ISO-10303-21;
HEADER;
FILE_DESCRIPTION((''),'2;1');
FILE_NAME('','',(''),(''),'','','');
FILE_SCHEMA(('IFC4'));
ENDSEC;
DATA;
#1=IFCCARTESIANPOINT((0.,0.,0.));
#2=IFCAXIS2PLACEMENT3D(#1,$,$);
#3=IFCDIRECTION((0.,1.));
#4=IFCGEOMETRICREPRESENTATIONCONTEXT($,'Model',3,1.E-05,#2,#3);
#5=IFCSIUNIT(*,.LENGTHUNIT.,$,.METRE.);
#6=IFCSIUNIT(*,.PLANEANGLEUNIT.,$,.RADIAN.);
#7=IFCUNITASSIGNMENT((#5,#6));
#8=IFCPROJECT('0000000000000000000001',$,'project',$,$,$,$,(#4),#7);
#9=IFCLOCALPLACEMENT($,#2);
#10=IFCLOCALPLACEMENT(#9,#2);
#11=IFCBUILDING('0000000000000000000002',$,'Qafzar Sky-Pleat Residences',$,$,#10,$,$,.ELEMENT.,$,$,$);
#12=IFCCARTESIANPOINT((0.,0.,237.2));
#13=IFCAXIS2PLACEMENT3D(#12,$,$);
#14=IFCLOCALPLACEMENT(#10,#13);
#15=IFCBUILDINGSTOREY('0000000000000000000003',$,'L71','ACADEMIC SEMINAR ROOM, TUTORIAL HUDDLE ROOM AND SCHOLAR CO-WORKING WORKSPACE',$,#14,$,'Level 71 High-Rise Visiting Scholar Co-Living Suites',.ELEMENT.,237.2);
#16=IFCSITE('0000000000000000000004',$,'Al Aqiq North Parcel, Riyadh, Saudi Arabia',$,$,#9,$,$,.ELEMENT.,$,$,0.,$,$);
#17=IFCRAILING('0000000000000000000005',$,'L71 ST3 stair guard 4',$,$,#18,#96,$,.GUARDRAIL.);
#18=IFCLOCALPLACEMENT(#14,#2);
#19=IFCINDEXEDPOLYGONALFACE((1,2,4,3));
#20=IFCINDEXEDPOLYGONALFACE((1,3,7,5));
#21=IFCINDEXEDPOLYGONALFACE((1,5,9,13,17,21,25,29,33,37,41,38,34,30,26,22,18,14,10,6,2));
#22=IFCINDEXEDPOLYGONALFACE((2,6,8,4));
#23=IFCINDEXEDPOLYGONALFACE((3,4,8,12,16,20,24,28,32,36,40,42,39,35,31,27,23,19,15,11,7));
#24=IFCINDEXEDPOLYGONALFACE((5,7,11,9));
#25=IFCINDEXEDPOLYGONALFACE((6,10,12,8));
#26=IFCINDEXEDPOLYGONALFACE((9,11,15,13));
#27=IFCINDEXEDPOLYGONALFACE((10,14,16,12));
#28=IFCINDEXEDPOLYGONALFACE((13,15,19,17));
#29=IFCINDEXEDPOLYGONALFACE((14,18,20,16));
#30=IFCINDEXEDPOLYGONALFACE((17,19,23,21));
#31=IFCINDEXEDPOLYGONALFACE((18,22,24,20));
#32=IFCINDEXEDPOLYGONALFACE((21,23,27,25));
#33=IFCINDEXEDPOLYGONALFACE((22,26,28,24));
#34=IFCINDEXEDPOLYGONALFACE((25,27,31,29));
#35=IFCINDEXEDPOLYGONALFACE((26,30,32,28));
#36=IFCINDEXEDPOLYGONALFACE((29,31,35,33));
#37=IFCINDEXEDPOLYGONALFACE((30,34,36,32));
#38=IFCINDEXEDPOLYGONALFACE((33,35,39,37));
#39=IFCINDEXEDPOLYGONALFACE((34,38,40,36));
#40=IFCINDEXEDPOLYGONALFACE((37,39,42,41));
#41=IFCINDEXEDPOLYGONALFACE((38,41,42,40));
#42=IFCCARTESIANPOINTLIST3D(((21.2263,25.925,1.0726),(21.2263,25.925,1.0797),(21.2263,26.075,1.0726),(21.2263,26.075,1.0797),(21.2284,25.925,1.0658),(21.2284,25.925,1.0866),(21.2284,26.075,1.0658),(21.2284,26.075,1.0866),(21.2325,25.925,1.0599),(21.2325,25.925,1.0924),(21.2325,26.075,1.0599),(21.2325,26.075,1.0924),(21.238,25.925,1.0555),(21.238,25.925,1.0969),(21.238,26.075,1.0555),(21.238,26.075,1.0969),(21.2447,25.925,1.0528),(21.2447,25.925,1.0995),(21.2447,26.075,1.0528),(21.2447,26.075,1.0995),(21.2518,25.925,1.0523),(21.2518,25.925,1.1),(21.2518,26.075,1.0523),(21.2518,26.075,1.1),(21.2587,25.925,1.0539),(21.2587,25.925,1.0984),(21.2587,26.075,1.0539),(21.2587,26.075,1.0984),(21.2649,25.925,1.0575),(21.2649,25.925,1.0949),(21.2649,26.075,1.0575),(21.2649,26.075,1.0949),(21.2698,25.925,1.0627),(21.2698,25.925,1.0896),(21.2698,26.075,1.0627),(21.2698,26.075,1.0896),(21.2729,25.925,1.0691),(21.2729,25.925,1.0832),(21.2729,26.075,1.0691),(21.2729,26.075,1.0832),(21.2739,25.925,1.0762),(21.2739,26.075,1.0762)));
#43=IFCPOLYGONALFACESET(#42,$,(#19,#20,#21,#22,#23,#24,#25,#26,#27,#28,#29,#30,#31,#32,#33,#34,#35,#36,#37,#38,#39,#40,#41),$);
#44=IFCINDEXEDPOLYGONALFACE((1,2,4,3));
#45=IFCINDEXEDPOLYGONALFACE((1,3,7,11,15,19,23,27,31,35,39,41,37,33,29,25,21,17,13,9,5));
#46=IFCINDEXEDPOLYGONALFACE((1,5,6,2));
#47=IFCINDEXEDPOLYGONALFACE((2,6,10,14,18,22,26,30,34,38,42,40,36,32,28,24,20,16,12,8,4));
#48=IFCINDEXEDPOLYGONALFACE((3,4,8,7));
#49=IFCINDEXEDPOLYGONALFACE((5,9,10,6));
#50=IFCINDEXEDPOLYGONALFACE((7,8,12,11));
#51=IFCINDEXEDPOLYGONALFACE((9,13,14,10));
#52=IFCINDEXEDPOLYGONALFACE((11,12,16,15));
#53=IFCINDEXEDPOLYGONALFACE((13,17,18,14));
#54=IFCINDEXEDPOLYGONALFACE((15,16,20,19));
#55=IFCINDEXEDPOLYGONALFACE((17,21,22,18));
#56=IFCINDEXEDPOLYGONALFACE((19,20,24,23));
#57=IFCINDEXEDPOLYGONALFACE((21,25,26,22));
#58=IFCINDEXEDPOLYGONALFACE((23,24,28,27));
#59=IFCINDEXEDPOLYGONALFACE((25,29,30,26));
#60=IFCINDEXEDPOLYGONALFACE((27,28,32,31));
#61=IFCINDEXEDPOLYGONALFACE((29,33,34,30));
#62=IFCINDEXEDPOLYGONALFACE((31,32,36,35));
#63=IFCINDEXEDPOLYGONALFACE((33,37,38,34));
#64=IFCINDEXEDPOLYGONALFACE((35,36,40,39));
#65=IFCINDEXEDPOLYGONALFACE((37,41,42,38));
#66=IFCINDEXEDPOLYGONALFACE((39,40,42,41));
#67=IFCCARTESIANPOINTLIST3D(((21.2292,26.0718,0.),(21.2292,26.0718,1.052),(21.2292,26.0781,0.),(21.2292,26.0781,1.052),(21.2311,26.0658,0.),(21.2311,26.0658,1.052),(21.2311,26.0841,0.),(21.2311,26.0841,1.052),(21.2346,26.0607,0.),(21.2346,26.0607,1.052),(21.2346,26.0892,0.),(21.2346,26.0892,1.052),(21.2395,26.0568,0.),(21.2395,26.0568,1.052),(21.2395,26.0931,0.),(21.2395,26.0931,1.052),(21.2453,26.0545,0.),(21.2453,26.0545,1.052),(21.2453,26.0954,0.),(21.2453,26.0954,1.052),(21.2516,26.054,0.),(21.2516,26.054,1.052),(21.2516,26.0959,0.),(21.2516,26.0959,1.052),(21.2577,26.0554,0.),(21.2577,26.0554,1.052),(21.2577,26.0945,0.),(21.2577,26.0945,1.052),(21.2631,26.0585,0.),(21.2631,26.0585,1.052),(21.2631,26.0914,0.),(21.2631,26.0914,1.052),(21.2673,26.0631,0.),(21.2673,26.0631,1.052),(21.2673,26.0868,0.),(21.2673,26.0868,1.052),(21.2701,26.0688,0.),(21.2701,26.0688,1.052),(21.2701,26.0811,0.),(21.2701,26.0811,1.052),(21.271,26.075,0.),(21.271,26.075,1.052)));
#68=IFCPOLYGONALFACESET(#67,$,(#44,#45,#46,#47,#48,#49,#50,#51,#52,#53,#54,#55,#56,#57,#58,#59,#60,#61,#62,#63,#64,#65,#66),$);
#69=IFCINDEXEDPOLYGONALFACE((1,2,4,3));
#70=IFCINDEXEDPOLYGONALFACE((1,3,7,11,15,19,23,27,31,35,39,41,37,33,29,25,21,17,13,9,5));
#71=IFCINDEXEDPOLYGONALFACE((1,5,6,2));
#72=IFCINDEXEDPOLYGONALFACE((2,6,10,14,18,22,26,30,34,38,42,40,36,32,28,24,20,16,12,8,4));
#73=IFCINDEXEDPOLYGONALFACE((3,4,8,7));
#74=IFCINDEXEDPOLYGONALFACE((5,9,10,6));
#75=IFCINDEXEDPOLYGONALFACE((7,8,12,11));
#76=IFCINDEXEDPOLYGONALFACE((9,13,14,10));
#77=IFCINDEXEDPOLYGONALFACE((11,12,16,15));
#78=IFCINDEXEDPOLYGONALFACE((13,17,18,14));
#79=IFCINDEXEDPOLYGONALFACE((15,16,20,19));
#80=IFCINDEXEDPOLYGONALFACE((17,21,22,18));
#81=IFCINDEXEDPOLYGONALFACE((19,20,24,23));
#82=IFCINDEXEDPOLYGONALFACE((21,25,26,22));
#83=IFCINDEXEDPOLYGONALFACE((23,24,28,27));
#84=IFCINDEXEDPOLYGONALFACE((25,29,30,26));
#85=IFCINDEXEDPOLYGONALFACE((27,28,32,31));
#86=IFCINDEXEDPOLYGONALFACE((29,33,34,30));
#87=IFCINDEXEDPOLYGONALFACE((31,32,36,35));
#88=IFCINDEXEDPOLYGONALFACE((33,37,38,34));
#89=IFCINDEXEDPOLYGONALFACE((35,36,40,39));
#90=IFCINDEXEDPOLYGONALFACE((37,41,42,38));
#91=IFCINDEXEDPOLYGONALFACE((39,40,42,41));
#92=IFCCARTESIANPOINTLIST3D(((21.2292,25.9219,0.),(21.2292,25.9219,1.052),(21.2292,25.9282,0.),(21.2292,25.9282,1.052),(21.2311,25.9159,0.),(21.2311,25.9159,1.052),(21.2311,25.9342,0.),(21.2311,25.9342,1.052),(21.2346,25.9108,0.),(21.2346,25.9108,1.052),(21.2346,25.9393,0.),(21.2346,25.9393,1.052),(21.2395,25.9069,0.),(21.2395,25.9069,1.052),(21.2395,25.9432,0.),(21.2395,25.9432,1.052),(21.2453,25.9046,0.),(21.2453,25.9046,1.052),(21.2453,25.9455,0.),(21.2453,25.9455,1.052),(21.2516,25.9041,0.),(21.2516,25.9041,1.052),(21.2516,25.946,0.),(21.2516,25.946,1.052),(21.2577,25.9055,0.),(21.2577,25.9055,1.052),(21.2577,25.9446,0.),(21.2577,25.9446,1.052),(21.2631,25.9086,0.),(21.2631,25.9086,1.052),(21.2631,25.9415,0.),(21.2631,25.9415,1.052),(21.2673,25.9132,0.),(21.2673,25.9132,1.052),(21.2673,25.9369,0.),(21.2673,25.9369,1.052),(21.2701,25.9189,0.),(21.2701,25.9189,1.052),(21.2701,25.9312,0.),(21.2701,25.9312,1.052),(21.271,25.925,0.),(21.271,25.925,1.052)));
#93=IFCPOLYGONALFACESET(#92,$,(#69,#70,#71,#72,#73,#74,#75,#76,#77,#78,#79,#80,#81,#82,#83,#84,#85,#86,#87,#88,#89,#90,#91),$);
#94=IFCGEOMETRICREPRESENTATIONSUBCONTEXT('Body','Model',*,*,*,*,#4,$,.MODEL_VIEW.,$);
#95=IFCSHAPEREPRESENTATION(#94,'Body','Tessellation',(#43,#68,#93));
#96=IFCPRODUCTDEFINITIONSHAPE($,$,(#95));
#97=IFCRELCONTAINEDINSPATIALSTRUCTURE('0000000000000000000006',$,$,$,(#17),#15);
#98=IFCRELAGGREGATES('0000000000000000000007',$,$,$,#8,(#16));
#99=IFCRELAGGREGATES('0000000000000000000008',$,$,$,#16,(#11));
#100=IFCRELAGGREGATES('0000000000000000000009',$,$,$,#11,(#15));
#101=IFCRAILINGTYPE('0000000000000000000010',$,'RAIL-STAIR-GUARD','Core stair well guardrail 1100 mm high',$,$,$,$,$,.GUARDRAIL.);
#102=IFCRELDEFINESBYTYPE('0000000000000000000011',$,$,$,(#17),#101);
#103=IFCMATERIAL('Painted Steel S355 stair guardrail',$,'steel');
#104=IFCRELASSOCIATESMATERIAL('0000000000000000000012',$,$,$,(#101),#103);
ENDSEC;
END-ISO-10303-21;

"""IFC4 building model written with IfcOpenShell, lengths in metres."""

from ifc_helpers import new_model, si_unit, direction, frame, origin, origin_2d, place, context, subcontext, project, spatial, circle, extrude, source, transform, mapped, material, type_object, element, save


model = new_model("IFC4")

# Units and contexts
model_context = context("Model", 3, precision=1e-05, world=origin(), true_north=direction((0.0, 1.0)))
body_context = subcontext(model_context, "Body", "Model", "MODEL_VIEW")
ifc_project = project(units=[si_unit("LENGTHUNIT", "METRE"), si_unit("PLANEANGLEUNIT", "RADIAN")], contexts=[model_context])

# Site, building, storey
site_placement = place(None, origin())
site = spatial("IfcSite", under=ifc_project, at=site_placement, Name="Al Aqiq North Parcel, Riyadh, Saudi Arabia", CompositionType="ELEMENT", RefElevation=0.0)
building_placement = place(site_placement, origin())
building = spatial("IfcBuilding", under=site, at=building_placement, Name="Qafzar Sky-Pleat Residences", CompositionType="ELEMENT")
storey_placement = place(building_placement, frame((0.0, 0.0, 237.2)))
storey = spatial("IfcBuildingStorey", under=building, at=storey_placement, Name="L71", Description="ACADEMIC SEMINAR ROOM, TUTORIAL HUDDLE ROOM AND SCHOLAR CO-WORKING WORKSPACE", LongName="Level 71 High-Rise Visiting Scholar Co-Living Suites", CompositionType="ELEMENT", Elevation=237.2)

# Railing
ifc_material_1 = material(Name="Painted Steel S355 stair guardrail", Category="steel")
railing_type_1 = type_object("IfcRailingType", Name="RAIL-STAIR-GUARD", Description="Core stair well guardrail 1100 mm high", PredefinedType="GUARDRAIL", material=ifc_material_1)
shared_shape_1 = source(origin(), body_context, "Body", "SweptSolid", [
    extrude(circle(Radius=0.0239, at=origin_2d()), frame((0.0, 0.0, 1.0762), z_axis=(0.0, -1.0, 0.0), x_axis=(1.0, 0.0, 0.0)), (0.0, 0.0, 1.0), 0.1499),
    extrude(circle(Radius=0.021, at=origin_2d()), origin(), (0.0, 0.0, 1.0), 1.052),
    extrude(circle(Radius=0.021, at=origin_2d()), frame((0.0, -0.1499, 0.0)), (0.0, 0.0, 1.0), 1.052),
])
railing_1_placement = place(storey_placement, frame((21.25, 26.075, 0.0)))
element("IfcRailing", 1, at=railing_1_placement, inside=storey, type_object=railing_type_1, Name="L71 ST3 stair guard 4", PredefinedType="GUARDRAIL", context=body_context, shape_type="MappedRepresentation", body=[
    mapped(shared_shape_1, transform((0.0, 0.0, 0.0), x_axis=(1.0, 0.0, 0.0), y_axis=(0.0, 1.0, 0.0), z_axis=(0.0, 0.0, 1.0), scale=1.0)),
])

save(model, "model.ifc")
